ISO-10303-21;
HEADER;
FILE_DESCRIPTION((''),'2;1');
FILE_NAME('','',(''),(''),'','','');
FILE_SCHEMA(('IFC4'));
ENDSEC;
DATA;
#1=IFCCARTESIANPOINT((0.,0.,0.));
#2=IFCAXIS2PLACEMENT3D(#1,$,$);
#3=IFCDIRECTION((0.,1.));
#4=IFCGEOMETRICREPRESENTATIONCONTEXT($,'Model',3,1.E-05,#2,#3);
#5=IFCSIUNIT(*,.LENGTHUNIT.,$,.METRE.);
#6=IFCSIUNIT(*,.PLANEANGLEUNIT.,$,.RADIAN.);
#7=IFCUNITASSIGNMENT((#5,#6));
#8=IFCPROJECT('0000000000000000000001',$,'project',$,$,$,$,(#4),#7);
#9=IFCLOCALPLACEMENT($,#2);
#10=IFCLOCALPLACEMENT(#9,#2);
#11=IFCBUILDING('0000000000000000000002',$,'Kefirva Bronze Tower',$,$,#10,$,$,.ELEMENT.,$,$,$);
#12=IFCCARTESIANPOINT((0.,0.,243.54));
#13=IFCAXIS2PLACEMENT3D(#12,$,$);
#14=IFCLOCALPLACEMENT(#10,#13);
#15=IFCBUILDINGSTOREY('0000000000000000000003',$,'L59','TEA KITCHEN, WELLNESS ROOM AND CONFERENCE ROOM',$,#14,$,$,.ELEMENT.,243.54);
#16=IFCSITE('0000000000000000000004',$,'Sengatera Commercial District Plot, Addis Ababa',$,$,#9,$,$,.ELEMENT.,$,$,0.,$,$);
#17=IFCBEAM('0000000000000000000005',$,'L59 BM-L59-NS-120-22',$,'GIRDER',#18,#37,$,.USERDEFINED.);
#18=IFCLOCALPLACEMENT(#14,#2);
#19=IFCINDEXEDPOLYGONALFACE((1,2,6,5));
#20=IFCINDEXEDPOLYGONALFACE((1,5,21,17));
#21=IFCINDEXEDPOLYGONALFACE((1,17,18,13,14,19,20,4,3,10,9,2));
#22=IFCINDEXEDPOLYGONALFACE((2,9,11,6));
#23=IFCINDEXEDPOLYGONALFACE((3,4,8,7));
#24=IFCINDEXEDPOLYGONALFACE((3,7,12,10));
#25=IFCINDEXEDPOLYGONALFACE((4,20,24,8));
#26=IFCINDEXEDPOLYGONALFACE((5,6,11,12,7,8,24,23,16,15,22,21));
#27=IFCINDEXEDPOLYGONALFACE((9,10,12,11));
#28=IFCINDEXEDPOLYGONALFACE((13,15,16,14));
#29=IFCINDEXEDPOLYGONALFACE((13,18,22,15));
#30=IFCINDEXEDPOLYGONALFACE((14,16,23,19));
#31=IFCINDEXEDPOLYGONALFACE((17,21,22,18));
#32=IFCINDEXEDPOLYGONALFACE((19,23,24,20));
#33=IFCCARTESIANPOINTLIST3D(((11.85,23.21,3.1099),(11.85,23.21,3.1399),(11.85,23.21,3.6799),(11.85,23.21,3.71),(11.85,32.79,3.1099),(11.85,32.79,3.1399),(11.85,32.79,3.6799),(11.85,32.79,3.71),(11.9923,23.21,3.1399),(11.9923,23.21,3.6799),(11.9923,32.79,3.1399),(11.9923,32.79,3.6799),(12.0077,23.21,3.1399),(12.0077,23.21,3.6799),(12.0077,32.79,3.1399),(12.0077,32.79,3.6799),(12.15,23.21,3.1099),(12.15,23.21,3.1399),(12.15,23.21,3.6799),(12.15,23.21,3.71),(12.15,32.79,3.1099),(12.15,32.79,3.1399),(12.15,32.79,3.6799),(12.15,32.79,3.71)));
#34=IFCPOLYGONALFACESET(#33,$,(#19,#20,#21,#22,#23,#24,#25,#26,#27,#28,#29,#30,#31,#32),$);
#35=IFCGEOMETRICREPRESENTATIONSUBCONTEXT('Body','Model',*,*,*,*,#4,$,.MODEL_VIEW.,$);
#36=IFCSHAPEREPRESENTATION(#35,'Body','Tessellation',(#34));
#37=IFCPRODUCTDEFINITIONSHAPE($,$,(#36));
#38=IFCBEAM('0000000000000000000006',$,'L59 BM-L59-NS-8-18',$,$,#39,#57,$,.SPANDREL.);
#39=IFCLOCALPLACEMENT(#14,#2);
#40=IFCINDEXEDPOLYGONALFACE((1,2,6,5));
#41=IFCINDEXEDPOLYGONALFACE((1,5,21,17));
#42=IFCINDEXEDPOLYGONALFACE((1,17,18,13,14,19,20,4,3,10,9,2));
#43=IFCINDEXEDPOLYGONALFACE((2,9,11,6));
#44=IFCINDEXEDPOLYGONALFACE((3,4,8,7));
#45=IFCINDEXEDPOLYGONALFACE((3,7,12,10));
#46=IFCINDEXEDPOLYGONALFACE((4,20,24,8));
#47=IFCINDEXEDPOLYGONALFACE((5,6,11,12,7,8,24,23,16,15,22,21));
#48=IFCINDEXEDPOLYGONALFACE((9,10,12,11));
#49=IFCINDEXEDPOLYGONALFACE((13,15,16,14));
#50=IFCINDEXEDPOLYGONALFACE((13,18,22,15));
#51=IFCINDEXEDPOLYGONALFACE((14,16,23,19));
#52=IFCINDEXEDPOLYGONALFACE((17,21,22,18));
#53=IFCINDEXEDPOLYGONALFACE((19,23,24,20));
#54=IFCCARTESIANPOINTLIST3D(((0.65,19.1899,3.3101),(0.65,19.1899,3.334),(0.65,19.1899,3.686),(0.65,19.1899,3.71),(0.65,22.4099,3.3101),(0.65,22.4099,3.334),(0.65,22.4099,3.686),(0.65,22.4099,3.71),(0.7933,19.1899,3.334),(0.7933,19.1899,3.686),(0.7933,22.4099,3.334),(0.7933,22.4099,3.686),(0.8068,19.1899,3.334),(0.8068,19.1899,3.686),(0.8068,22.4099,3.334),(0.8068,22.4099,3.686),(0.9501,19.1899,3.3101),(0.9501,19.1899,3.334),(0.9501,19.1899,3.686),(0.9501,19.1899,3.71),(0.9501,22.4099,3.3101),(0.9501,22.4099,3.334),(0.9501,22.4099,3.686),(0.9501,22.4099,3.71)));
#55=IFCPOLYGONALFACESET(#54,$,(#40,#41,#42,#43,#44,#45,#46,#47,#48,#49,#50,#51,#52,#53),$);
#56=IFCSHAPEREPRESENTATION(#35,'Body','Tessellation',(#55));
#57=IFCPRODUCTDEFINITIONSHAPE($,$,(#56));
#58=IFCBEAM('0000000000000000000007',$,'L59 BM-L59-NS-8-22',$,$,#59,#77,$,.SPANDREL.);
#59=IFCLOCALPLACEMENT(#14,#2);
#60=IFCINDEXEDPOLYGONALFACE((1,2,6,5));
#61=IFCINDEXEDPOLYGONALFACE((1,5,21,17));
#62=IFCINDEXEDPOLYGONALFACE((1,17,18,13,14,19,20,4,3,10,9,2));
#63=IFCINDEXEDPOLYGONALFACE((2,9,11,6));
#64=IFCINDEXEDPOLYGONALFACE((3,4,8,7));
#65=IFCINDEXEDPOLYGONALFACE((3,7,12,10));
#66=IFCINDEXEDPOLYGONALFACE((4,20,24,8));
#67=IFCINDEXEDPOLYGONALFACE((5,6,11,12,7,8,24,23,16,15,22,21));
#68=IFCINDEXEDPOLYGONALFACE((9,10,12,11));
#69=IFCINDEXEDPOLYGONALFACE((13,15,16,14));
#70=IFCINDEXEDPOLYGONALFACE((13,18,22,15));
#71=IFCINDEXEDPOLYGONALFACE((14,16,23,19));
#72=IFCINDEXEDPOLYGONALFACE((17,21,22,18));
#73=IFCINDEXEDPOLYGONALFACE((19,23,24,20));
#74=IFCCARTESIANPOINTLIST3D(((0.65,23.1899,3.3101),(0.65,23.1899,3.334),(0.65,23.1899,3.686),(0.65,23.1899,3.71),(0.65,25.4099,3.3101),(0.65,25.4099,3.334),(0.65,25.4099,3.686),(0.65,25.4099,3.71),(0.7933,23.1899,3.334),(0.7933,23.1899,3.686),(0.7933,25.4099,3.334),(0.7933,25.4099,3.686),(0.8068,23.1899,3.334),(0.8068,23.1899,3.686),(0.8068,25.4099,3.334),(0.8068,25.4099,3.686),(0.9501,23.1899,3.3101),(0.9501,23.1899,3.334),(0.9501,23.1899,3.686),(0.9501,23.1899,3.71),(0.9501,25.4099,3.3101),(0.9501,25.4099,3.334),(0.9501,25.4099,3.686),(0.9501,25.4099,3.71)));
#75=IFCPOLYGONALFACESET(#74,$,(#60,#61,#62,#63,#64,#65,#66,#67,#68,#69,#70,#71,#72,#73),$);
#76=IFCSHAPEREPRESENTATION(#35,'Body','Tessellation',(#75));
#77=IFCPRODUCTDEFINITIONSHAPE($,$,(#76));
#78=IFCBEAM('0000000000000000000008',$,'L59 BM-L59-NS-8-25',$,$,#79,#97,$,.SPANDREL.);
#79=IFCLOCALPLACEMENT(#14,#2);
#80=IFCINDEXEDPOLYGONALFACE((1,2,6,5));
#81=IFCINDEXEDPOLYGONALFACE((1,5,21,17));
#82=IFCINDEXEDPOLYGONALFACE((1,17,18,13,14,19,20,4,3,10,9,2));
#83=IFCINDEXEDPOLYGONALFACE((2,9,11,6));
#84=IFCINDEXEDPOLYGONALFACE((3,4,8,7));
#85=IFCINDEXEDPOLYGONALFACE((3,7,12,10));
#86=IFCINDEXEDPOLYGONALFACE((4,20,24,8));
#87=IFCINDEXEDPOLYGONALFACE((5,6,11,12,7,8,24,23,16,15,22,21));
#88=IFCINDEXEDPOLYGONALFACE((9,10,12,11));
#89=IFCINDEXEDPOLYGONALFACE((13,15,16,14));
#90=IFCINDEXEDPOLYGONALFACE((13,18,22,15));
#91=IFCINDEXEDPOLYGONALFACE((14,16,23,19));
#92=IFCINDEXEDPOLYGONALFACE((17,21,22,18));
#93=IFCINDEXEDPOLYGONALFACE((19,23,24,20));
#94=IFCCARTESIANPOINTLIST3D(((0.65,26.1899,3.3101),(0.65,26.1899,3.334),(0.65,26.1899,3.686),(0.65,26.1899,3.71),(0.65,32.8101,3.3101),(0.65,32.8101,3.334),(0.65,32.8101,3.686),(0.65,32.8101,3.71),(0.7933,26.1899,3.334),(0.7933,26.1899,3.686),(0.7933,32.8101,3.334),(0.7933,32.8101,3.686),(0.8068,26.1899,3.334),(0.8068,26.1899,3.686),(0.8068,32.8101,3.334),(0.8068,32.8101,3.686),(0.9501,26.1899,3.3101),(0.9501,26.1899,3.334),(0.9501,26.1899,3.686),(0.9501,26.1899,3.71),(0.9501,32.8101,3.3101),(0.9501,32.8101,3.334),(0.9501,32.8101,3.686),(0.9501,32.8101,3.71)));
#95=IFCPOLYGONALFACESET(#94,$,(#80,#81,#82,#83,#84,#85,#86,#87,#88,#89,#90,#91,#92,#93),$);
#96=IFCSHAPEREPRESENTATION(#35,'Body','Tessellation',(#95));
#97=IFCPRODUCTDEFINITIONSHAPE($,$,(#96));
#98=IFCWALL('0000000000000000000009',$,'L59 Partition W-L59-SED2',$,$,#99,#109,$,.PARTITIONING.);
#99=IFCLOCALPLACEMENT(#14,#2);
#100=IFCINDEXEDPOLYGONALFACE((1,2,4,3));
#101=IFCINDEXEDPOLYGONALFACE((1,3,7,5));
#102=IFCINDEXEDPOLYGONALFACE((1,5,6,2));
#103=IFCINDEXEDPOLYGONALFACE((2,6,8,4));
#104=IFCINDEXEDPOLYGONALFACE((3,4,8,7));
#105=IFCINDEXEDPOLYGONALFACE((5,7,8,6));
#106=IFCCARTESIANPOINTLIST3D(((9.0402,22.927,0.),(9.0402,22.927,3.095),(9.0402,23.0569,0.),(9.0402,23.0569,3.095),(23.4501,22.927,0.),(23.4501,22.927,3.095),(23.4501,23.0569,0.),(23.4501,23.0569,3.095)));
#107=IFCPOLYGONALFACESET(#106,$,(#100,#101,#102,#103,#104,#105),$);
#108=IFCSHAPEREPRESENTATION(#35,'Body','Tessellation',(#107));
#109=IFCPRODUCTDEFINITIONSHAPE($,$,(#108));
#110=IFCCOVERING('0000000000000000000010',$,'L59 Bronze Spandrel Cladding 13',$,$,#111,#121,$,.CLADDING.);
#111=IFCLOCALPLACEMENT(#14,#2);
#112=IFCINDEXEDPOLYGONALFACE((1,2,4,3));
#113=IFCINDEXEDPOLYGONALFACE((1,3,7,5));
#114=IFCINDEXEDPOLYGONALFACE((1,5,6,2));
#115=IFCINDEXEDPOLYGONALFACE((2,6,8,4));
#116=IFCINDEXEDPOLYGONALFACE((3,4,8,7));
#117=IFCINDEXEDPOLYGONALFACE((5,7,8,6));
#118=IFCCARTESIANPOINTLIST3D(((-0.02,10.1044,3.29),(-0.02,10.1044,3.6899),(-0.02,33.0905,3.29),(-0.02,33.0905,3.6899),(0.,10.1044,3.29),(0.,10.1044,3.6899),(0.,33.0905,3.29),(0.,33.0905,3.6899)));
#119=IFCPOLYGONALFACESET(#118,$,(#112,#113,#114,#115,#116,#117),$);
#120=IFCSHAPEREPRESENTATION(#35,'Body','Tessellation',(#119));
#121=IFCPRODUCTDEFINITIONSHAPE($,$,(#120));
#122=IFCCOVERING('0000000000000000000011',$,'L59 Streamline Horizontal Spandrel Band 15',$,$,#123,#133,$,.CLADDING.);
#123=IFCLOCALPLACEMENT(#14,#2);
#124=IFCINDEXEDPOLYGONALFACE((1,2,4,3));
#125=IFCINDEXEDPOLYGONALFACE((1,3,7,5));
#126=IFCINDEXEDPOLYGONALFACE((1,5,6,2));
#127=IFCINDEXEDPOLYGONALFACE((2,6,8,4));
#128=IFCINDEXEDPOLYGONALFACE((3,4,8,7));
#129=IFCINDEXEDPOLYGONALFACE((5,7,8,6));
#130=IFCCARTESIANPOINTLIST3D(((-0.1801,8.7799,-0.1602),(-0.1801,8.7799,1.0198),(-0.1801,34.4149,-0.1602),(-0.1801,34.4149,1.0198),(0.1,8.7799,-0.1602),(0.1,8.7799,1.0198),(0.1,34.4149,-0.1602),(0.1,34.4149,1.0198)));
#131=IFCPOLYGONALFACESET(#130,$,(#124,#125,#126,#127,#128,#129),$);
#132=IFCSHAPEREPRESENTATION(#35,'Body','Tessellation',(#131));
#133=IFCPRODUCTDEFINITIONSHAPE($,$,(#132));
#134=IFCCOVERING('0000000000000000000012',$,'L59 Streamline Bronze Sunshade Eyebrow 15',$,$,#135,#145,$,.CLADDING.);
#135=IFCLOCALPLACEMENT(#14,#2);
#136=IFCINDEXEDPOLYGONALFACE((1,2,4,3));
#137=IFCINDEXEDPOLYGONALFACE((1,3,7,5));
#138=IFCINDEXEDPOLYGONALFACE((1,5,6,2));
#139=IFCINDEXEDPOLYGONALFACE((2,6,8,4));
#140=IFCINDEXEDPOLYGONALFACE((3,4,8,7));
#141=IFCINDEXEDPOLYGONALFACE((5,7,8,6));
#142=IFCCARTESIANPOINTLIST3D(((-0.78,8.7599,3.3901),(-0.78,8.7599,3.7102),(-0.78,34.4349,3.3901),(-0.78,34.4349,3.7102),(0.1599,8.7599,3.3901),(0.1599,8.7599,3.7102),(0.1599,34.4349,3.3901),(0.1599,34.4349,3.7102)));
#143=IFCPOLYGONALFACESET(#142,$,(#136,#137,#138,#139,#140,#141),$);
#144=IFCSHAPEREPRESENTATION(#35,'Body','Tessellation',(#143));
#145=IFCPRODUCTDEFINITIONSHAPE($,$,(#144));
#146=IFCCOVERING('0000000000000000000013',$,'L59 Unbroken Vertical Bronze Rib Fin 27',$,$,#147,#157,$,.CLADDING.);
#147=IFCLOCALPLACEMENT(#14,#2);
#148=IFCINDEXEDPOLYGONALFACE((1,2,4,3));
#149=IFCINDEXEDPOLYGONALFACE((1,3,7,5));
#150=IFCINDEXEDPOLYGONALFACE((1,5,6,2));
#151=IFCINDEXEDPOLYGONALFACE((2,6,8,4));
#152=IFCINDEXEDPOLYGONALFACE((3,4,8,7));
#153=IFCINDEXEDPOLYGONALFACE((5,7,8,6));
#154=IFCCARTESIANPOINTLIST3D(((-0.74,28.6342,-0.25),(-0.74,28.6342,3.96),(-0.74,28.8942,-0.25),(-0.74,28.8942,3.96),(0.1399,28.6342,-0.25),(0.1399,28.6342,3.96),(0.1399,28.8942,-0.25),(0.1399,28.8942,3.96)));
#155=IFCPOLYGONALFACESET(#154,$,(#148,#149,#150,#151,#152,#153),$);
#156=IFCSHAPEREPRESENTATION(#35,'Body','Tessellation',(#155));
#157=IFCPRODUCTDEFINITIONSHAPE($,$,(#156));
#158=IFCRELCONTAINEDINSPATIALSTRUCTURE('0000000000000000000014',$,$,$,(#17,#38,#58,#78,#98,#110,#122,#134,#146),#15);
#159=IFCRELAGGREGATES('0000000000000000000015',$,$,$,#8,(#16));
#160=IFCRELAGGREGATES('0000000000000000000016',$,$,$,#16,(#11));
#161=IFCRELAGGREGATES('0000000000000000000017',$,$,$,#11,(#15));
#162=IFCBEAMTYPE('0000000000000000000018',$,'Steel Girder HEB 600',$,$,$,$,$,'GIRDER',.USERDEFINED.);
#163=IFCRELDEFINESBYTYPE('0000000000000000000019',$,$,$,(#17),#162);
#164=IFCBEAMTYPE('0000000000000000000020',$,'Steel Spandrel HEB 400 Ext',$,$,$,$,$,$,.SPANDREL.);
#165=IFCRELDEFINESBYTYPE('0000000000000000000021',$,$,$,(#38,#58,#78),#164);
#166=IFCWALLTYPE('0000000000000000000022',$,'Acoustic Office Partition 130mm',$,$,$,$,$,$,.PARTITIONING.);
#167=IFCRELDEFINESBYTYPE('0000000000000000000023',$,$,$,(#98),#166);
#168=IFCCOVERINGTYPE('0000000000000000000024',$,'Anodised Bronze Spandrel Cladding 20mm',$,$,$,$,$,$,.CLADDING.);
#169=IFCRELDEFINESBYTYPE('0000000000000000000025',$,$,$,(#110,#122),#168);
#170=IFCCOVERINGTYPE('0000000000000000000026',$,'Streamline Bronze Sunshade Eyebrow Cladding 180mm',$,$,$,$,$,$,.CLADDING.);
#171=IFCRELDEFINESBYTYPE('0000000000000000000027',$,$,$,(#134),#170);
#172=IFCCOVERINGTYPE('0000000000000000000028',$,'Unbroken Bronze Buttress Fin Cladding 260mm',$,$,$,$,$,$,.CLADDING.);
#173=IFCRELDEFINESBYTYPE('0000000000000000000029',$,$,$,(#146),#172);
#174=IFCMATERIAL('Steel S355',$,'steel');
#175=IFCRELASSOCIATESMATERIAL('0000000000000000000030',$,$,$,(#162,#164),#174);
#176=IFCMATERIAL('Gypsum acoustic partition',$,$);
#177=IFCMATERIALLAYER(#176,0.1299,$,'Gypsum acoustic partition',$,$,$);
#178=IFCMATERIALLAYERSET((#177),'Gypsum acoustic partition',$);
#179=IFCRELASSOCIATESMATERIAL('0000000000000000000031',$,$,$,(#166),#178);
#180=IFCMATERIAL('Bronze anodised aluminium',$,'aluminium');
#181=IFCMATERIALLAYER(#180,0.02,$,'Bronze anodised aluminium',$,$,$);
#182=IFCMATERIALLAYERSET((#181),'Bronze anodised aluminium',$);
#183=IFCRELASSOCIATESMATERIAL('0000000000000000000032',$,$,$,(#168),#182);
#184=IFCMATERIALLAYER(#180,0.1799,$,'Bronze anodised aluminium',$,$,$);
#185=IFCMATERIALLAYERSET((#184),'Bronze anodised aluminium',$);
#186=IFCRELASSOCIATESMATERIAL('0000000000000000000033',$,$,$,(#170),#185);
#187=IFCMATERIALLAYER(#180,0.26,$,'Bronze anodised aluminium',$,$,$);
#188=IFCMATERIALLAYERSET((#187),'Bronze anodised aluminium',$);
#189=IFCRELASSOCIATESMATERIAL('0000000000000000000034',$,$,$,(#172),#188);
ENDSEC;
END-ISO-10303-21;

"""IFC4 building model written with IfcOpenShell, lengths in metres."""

from ifc_helpers import new_model, si_unit, direction, frame, frame_2d, origin, origin_2d, place, context, subcontext, project, spatial, rectangle, i_section, extrude, material, layer, layer_set, material_profile, profile_set, type_object, element, save


model = new_model("IFC4")

# Units and contexts
model_context = context("Model", 3, precision=1e-05, world=origin(), true_north=direction((0.0, 1.0)))
body_context = subcontext(model_context, "Body", "Model", "MODEL_VIEW")
ifc_project = project(units=[si_unit("LENGTHUNIT", "METRE"), si_unit("PLANEANGLEUNIT", "RADIAN")], contexts=[model_context])

# Site, building, storey
site_placement = place(None, origin())
site = spatial("IfcSite", under=ifc_project, at=site_placement, Name="Sengatera Commercial District Plot, Addis Ababa", CompositionType="ELEMENT", RefElevation=0.0)
building_placement = place(site_placement, origin())
building = spatial("IfcBuilding", under=site, at=building_placement, Name="Kefirva Bronze Tower", CompositionType="ELEMENT")
storey_placement = place(building_placement, frame((0.0, 0.0, 243.54)))
storey = spatial("IfcBuildingStorey", under=building, at=storey_placement, Name="L59", Description="TEA KITCHEN, WELLNESS ROOM AND CONFERENCE ROOM", CompositionType="ELEMENT", Elevation=243.54)

# Beams
ifc_material_1 = material(Name="Steel S355", Category="steel")
ifc_material_profile_1 = material_profile(ifc_material_1, i_section(OverallWidth=0.3, OverallDepth=0.6001, WebThickness=0.0154, FlangeThickness=0.03, at=origin_2d()), Name="HEB 600")
ifc_profile_set_1 = profile_set([ifc_material_profile_1], Name="Steel S355")
beam_type_1 = type_object("IfcBeamType", Name="Steel Girder HEB 600", ElementType="GIRDER", PredefinedType="USERDEFINED", material=ifc_profile_set_1)
beam_1_placement = place(storey_placement, frame((12.0, 23.21, 3.4099), z_axis=(0.0, 1.0, 0.0), x_axis=(-1.0, 0.0, 0.0)))
element("IfcBeam", 1, at=beam_1_placement, inside=storey, type_object=beam_type_1, Name="L59 BM-L59-NS-120-22", ObjectType="GIRDER", PredefinedType="USERDEFINED", context=body_context, shape_type="SweptSolid", body=[
    extrude(i_section(OverallWidth=0.3, OverallDepth=0.6001, WebThickness=0.0154, FlangeThickness=0.03, at=origin_2d()), origin(), (0.0, 0.0, 1.0), 9.5801),
])
ifc_material_profile_2 = material_profile(ifc_material_1, i_section(OverallWidth=0.3, OverallDepth=0.3999, WebThickness=0.0134, FlangeThickness=0.0239, at=origin_2d()), Name="HEB 400")
ifc_profile_set_2 = profile_set([ifc_material_profile_2], Name="Steel S355")
beam_type_2 = type_object("IfcBeamType", Name="Steel Spandrel HEB 400 Ext", PredefinedType="SPANDREL", material=ifc_profile_set_2)
beam_2_placement = place(storey_placement, frame((0.8, 19.1899, 3.51), z_axis=(0.0, 1.0, 0.0), x_axis=(-1.0, 0.0, 0.0)))
element("IfcBeam", 2, at=beam_2_placement, inside=storey, type_object=beam_type_2, Name="L59 BM-L59-NS-8-18", PredefinedType="SPANDREL", context=body_context, shape_type="SweptSolid", body=[
    extrude(i_section(OverallWidth=0.3, OverallDepth=0.3999, WebThickness=0.0134, FlangeThickness=0.0239, at=origin_2d()), origin(), (0.0, 0.0, 1.0), 3.22),
])
beam_3_placement = place(storey_placement, frame((0.8, 23.1899, 3.51), z_axis=(0.0, 1.0, 0.0), x_axis=(-1.0, 0.0, 0.0)))
element("IfcBeam", 3, at=beam_3_placement, inside=storey, type_object=beam_type_2, Name="L59 BM-L59-NS-8-22", PredefinedType="SPANDREL", context=body_context, shape_type="SweptSolid", body=[
    extrude(i_section(OverallWidth=0.3, OverallDepth=0.3999, WebThickness=0.0134, FlangeThickness=0.0239, at=origin_2d()), origin(), (0.0, 0.0, 1.0), 2.22),
])
beam_4_placement = place(storey_placement, frame((0.8, 26.1899, 3.51), z_axis=(0.0, 1.0, 0.0), x_axis=(-1.0, 0.0, 0.0)))
element("IfcBeam", 4, at=beam_4_placement, inside=storey, type_object=beam_type_2, Name="L59 BM-L59-NS-8-25", PredefinedType="SPANDREL", context=body_context, shape_type="SweptSolid", body=[
    extrude(i_section(OverallWidth=0.3, OverallDepth=0.3999, WebThickness=0.0134, FlangeThickness=0.0239, at=origin_2d()), origin(), (0.0, 0.0, 1.0), 6.6201),
])

# Wall
ifc_material_2 = material(Name="Gypsum acoustic partition")
ifc_layer_1 = layer(ifc_material_2, 0.1299, Name="Gypsum acoustic partition")
ifc_layer_set_1 = layer_set([ifc_layer_1], Name="Gypsum acoustic partition")
wall_type = type_object("IfcWallType", Name="Acoustic Office Partition 130mm", PredefinedType="PARTITIONING", material=ifc_layer_set_1)
wall_placement = place(storey_placement, frame((9.04, 22.9919, 0.0), z_axis=(0.0, 0.0, 1.0), x_axis=(1.0, 0.0, 0.0)))
element("IfcWall", 5, at=wall_placement, inside=storey, type_object=wall_type, Name="L59 Partition W-L59-SED2", PredefinedType="PARTITIONING", context=body_context, shape_type="SweptSolid", body=[
    extrude(rectangle(XDim=14.4099, YDim=0.1299, at=frame_2d((7.2051, 0.0))), origin(), (0.0, 0.0, 1.0), 3.095),
])

# Coverings
ifc_material_3 = material(Name="Bronze anodised aluminium", Category="aluminium")
ifc_layer_2 = layer(ifc_material_3, 0.02, Name="Bronze anodised aluminium")
ifc_layer_set_2 = layer_set([ifc_layer_2], Name="Bronze anodised aluminium")
covering_type_1 = type_object("IfcCoveringType", Name="Anodised Bronze Spandrel Cladding 20mm", PredefinedType="CLADDING", material=ifc_layer_set_2)
covering_1_placement = place(storey_placement, frame((-0.01, 21.5974, 3.29), z_axis=(0.0, 0.0, 1.0), x_axis=(0.0, -1.0, 0.0)))
element("IfcCovering", 6, at=covering_1_placement, inside=storey, type_object=covering_type_1, Name="L59 Bronze Spandrel Cladding 13", PredefinedType="CLADDING", context=body_context, shape_type="SweptSolid", body=[
    extrude(rectangle(XDim=22.9861, YDim=0.02, at=origin_2d()), origin(), (0.0, 0.0, 1.0), 0.3999),
])
covering_2_placement = place(storey_placement, frame((-0.04, 21.5974, -0.1602), z_axis=(0.0, 0.0, 1.0), x_axis=(0.0, -1.0, 0.0)))
element("IfcCovering", 7, at=covering_2_placement, inside=storey, type_object=covering_type_1, Name="L59 Streamline Horizontal Spandrel Band 15", PredefinedType="CLADDING", context=body_context, shape_type="SweptSolid", body=[
    extrude(rectangle(XDim=25.635, YDim=0.28, at=origin_2d()), origin(), (0.0, 0.0, 1.0), 1.1799),
])
ifc_layer_3 = layer(ifc_material_3, 0.1799, Name="Bronze anodised aluminium")
ifc_layer_set_3 = layer_set([ifc_layer_3], Name="Bronze anodised aluminium")
covering_type_2 = type_object("IfcCoveringType", Name="Streamline Bronze Sunshade Eyebrow Cladding 180mm", PredefinedType="CLADDING", material=ifc_layer_set_3)
covering_3_placement = place(storey_placement, frame((-0.3101, 21.5974, 3.3901), z_axis=(0.0, 0.0, 1.0), x_axis=(0.0, -1.0, 0.0)))
element("IfcCovering", 8, at=covering_3_placement, inside=storey, type_object=covering_type_2, Name="L59 Streamline Bronze Sunshade Eyebrow 15", PredefinedType="CLADDING", context=body_context, shape_type="SweptSolid", body=[
    extrude(rectangle(XDim=25.675, YDim=0.9399, at=origin_2d()), origin(), (0.0, 0.0, 1.0), 0.3201),
])
ifc_layer_4 = layer(ifc_material_3, 0.26, Name="Bronze anodised aluminium")
ifc_layer_set_4 = layer_set([ifc_layer_4], Name="Bronze anodised aluminium")
covering_type_3 = type_object("IfcCoveringType", Name="Unbroken Bronze Buttress Fin Cladding 260mm", PredefinedType="CLADDING", material=ifc_layer_set_4)
covering_4_placement = place(storey_placement, frame((-0.3, 28.7642, -0.25), z_axis=(0.0, 0.0, 1.0), x_axis=(0.0, -1.0, 0.0)))
element("IfcCovering", 9, at=covering_4_placement, inside=storey, type_object=covering_type_3, Name="L59 Unbroken Vertical Bronze Rib Fin 27", PredefinedType="CLADDING", context=body_context, shape_type="SweptSolid", body=[
    extrude(rectangle(XDim=0.26, YDim=0.8799, at=origin_2d()), origin(), (0.0, 0.0, 1.0), 4.21),
])

save(model, "model.ifc")
